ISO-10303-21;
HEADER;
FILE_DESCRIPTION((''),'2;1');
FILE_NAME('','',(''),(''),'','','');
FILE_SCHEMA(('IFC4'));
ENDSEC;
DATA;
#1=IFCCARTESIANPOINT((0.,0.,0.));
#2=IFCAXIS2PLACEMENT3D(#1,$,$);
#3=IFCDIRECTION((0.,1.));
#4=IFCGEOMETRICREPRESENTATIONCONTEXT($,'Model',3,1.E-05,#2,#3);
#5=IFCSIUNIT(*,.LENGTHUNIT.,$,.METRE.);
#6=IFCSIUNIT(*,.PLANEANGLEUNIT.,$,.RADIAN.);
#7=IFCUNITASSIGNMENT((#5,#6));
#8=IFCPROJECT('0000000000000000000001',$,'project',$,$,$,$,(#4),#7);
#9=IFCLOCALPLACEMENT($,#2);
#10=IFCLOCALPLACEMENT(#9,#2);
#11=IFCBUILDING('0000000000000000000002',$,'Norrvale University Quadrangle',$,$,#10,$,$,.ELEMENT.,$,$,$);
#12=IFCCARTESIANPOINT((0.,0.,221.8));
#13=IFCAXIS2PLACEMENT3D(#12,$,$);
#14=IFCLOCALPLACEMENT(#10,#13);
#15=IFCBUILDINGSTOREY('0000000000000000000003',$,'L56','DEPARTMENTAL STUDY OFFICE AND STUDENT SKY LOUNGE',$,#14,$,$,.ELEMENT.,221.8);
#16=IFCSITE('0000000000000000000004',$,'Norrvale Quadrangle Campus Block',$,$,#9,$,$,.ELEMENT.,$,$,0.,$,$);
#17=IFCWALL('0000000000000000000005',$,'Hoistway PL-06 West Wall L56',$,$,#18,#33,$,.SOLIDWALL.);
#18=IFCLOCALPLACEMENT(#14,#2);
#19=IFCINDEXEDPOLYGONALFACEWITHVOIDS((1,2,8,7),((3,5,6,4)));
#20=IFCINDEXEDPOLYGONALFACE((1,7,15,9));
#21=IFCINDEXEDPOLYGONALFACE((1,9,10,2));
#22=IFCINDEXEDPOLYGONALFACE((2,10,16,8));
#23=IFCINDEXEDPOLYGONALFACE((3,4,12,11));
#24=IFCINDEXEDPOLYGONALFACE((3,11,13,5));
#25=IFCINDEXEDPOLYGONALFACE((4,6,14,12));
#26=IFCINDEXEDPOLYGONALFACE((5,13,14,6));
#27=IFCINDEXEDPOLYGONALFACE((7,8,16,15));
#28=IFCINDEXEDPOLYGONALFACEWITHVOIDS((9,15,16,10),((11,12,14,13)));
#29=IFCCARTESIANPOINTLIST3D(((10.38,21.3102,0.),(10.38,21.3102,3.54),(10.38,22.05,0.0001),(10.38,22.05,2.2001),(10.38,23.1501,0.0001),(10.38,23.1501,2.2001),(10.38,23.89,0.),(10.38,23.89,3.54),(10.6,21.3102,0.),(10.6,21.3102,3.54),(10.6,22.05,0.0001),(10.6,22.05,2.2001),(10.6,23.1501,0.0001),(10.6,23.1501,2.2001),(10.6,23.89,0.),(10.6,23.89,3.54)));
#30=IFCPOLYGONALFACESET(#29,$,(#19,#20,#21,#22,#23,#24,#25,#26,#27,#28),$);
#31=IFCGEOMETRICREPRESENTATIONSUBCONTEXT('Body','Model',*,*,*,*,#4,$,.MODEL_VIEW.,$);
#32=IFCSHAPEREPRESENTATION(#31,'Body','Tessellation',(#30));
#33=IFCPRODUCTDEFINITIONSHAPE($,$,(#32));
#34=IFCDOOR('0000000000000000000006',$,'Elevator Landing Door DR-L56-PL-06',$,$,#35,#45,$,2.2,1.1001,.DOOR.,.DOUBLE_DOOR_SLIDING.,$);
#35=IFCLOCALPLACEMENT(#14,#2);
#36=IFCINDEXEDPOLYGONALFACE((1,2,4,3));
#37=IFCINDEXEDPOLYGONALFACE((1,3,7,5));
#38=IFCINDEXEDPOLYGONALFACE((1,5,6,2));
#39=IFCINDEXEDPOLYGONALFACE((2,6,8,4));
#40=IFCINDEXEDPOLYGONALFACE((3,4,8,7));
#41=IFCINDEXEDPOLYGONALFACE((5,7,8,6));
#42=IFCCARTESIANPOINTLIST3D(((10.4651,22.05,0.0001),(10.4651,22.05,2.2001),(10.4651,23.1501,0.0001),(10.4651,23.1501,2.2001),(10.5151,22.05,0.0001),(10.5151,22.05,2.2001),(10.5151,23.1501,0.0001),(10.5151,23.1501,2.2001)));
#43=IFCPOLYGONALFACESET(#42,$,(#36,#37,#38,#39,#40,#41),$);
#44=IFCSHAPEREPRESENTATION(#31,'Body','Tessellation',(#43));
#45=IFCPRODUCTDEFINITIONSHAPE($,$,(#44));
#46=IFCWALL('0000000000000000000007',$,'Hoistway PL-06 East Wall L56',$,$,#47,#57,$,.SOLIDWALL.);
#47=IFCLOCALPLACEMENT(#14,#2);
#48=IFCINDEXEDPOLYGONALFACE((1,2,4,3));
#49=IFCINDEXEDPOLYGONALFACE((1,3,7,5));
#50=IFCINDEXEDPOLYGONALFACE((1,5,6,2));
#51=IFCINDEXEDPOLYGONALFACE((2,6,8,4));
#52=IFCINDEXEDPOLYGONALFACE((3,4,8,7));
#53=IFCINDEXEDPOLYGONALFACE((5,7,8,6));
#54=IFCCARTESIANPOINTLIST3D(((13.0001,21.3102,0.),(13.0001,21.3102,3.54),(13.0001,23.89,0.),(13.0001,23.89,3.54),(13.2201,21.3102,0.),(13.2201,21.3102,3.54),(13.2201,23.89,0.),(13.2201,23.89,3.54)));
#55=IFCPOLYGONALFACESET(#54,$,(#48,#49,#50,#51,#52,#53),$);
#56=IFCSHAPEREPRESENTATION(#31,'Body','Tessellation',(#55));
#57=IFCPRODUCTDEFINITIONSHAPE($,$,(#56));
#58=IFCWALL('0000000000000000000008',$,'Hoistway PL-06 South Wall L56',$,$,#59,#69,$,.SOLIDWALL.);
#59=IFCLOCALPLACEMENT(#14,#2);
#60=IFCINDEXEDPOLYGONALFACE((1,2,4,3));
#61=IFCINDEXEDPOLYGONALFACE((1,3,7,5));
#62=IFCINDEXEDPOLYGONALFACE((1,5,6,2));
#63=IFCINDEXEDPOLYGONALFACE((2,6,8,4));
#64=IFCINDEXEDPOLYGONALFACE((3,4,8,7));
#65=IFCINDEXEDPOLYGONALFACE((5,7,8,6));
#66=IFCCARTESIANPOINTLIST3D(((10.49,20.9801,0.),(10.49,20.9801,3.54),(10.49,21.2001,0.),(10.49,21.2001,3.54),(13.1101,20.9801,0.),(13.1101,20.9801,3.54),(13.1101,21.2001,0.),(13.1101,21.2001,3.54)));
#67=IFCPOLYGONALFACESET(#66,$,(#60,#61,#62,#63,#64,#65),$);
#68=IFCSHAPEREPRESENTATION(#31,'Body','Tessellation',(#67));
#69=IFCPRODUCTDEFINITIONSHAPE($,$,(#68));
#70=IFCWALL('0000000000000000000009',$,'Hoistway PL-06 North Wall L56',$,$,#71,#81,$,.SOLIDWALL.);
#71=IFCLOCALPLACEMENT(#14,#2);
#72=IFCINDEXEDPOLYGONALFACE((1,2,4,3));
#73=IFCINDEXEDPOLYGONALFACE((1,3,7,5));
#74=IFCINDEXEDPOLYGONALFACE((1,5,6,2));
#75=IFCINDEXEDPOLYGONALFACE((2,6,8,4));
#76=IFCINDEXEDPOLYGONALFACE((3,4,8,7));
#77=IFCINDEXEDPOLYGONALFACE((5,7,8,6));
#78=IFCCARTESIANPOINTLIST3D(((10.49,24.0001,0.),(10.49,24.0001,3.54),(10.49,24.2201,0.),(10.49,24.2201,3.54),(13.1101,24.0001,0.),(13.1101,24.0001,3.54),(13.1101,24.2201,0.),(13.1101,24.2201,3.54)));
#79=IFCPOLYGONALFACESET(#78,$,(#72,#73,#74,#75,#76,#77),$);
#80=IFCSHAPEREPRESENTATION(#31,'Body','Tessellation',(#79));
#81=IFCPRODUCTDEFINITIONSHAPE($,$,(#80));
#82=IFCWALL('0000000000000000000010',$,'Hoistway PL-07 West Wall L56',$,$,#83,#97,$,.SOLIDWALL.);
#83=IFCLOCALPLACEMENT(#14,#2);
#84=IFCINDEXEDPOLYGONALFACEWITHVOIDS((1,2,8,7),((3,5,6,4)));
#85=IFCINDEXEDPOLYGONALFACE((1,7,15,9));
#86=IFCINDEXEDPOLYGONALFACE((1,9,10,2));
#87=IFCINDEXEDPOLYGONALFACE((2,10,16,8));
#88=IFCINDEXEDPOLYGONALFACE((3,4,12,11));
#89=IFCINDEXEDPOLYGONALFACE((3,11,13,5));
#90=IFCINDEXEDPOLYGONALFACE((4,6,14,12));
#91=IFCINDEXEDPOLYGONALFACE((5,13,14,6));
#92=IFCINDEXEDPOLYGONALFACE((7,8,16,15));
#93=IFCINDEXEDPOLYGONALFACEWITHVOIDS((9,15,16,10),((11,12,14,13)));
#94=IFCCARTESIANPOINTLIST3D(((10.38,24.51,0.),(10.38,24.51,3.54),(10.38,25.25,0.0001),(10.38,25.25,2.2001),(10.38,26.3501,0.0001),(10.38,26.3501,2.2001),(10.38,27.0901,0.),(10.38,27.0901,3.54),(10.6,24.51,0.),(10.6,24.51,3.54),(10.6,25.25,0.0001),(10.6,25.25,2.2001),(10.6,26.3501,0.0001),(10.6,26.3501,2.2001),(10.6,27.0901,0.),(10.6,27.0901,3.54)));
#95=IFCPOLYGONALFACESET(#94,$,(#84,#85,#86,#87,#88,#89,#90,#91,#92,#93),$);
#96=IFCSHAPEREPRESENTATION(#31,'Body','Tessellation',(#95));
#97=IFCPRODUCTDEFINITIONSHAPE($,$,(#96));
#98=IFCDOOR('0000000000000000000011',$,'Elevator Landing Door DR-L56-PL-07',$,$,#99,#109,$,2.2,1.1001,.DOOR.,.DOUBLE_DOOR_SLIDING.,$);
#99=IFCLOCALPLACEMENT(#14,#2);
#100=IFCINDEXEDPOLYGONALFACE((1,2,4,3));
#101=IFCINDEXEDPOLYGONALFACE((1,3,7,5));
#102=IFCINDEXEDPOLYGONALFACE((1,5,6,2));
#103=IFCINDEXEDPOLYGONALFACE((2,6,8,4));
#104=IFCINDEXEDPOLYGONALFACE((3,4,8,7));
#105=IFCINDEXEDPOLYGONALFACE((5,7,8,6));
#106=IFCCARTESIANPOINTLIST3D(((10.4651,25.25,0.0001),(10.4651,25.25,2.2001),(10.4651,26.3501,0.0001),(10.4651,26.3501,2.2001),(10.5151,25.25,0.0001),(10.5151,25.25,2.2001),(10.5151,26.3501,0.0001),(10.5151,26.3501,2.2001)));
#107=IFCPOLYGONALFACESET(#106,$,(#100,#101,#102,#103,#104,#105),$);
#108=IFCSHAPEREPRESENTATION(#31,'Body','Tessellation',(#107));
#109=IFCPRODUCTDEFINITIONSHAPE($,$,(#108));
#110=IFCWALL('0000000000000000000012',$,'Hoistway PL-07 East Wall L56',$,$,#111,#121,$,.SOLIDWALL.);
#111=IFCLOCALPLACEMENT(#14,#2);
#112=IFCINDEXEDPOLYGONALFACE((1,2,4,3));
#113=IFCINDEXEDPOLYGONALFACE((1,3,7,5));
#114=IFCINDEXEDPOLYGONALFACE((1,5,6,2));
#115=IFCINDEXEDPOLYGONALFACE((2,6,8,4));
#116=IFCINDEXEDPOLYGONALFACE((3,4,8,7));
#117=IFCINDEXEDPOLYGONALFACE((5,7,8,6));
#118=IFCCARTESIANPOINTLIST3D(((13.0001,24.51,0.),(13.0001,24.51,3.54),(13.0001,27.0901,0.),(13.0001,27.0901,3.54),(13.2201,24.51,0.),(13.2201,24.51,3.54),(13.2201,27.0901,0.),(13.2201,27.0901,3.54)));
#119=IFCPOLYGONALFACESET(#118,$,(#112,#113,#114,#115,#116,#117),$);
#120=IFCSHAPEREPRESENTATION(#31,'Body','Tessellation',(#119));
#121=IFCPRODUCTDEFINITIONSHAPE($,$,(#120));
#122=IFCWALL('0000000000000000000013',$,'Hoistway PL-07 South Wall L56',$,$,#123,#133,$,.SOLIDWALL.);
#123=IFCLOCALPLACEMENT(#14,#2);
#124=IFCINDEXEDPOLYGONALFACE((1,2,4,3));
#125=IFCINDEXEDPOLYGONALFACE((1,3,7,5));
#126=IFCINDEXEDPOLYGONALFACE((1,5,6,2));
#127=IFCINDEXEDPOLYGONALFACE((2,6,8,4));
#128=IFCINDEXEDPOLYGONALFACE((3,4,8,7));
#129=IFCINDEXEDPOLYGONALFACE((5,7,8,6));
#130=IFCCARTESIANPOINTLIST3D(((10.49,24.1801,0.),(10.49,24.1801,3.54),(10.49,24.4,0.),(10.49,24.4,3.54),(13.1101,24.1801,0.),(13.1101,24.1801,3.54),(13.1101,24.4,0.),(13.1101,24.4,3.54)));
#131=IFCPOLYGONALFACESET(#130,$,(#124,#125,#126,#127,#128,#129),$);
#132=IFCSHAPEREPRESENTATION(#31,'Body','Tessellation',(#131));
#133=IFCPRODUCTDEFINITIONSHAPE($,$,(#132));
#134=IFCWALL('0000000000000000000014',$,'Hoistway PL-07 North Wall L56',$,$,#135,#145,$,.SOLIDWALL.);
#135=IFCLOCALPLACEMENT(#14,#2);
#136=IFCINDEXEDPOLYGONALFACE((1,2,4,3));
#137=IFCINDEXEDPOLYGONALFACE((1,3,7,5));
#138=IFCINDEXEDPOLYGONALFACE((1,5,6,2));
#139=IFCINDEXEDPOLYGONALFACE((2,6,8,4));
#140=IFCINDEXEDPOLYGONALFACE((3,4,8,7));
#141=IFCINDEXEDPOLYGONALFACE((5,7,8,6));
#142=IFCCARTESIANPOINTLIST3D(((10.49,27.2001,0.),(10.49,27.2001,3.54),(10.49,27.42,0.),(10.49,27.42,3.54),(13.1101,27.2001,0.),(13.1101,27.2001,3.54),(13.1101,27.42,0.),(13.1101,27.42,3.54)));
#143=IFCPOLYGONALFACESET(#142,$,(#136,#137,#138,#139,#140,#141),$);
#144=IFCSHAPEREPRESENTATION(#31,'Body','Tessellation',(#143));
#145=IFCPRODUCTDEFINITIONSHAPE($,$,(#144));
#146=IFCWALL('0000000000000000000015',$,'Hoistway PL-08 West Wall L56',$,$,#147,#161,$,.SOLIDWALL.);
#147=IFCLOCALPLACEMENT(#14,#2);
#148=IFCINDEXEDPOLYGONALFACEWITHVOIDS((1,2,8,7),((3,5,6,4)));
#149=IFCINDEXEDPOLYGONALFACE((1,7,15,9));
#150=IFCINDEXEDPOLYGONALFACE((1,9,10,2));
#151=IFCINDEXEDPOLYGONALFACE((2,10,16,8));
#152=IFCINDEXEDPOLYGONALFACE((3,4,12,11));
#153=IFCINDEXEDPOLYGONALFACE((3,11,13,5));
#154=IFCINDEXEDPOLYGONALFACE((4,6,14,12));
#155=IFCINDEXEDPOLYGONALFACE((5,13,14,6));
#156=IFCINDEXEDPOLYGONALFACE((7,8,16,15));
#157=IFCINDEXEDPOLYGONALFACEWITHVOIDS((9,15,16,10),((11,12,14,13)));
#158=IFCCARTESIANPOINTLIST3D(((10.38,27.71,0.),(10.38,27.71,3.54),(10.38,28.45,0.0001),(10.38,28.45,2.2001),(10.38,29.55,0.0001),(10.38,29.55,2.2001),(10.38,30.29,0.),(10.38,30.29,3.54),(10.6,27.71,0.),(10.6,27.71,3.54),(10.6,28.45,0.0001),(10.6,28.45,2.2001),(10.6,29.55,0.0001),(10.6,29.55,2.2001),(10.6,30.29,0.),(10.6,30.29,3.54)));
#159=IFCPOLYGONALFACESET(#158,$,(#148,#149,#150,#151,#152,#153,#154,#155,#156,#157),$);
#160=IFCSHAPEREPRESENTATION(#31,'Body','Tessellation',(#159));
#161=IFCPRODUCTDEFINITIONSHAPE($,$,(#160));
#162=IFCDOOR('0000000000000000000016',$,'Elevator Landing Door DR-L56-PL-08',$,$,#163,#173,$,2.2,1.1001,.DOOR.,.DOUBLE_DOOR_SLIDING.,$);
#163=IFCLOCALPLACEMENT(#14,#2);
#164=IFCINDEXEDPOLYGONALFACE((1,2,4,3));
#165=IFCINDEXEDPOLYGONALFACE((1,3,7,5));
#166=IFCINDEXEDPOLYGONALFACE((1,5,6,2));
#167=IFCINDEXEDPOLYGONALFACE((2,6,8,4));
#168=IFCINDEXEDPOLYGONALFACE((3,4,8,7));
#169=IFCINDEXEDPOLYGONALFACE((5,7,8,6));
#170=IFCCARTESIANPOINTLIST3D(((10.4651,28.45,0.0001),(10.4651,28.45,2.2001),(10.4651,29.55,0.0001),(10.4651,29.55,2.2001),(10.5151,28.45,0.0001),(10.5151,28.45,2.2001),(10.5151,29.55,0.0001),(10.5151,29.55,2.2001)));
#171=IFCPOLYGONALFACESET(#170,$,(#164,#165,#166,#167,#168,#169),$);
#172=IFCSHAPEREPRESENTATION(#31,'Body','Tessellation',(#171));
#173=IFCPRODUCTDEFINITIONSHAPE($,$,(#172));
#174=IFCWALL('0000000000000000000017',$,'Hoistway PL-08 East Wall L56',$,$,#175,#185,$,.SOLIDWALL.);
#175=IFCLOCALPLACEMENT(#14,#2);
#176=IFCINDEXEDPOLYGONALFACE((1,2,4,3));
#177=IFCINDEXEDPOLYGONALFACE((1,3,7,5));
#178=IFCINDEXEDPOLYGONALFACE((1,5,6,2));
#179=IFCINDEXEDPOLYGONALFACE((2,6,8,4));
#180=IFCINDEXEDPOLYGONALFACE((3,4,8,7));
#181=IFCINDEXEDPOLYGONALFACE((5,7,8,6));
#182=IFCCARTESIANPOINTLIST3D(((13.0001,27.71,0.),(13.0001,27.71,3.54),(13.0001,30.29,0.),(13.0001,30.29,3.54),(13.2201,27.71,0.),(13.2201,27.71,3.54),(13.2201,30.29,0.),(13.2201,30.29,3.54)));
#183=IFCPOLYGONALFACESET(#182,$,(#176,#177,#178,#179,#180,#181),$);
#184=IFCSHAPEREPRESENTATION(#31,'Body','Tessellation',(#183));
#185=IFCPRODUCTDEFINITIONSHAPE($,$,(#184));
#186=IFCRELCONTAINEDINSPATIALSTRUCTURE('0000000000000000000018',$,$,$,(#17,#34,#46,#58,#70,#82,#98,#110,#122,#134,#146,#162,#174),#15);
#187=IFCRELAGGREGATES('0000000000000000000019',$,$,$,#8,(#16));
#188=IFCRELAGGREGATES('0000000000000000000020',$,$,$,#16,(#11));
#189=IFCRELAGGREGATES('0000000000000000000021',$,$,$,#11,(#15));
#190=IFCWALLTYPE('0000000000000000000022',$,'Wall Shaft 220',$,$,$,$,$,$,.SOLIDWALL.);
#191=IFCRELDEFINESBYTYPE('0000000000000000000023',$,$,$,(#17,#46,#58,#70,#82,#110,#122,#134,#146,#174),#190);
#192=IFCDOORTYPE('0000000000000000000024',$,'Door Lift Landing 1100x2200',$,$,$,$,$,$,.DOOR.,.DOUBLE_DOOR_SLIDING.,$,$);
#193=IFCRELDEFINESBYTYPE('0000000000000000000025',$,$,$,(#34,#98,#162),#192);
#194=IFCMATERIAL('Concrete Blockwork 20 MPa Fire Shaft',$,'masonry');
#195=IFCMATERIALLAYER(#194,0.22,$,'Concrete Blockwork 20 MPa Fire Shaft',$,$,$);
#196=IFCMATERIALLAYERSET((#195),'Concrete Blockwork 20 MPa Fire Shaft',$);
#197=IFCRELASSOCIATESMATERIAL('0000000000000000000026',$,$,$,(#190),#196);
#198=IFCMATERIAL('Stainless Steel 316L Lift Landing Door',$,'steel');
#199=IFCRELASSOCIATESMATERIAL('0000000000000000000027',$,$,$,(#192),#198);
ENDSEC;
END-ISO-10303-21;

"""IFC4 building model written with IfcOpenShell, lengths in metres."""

from ifc_helpers import new_model, si_unit, direction, frame, frame_2d, origin, place, context, subcontext, project, spatial, rectangle, extrude, material, layer, layer_set, type_object, element, fill, save


model = new_model("IFC4")

# Units and contexts
model_context = context("Model", 3, precision=1e-05, world=origin(), true_north=direction((0.0, 1.0)))
body_context = subcontext(model_context, "Body", "Model", "MODEL_VIEW")
ifc_project = project(units=[si_unit("LENGTHUNIT", "METRE"), si_unit("PLANEANGLEUNIT", "RADIAN")], contexts=[model_context])

# Site, building, storey
site_placement = place(None, origin())
site = spatial("IfcSite", under=ifc_project, at=site_placement, Name="Norrvale Quadrangle Campus Block", CompositionType="ELEMENT", RefElevation=0.0)
building_placement = place(site_placement, origin())
building = spatial("IfcBuilding", under=site, at=building_placement, Name="Norrvale University Quadrangle", CompositionType="ELEMENT")
storey_placement = place(building_placement, frame((0.0, 0.0, 221.8)))
storey = spatial("IfcBuildingStorey", under=building, at=storey_placement, Name="L56", Description="DEPARTMENTAL STUDY OFFICE AND STUDENT SKY LOUNGE", CompositionType="ELEMENT", Elevation=221.8)

# Wall, opening, door
ifc_material_1 = material(Name="Concrete Blockwork 20 MPa Fire Shaft", Category="masonry")
ifc_layer_1 = layer(ifc_material_1, 0.22, Name="Concrete Blockwork 20 MPa Fire Shaft")
ifc_layer_set_1 = layer_set([ifc_layer_1], Name="Concrete Blockwork 20 MPa Fire Shaft")
wall_type_1 = type_object("IfcWallType", Name="Wall Shaft 220", PredefinedType="SOLIDWALL", material=ifc_layer_set_1)
wall_1_placement = place(storey_placement, frame((10.49, 21.3101, 0.0), z_axis=(0.0, 0.0, 1.0), x_axis=(0.0, 1.0, 0.0)))
wall_1 = element("IfcWall", 1, at=wall_1_placement, inside=storey, type_object=wall_type_1, Name="Hoistway PL-06 West Wall L56", PredefinedType="SOLIDWALL", context=body_context, shape_type="SweptSolid", body=[
    extrude(rectangle(XDim=2.5798, YDim=0.22, at=frame_2d((1.29, 0.0))), origin(), (0.0, 0.0, 1.0), 3.54),
])
opening_1_placement = place(wall_1_placement, frame((0.74, 0.0, 0.0)))
opening_1 = element("IfcOpeningElement", 2, at=opening_1_placement, cuts=wall_1, PredefinedType="OPENING", context=body_context, shape_type="SweptSolid", body=[
    extrude(rectangle(XDim=1.1001, YDim=2.2, at=frame_2d((0.55, 1.1001))), frame((0.0, 0.1221, 0.0), z_axis=(0.0, -1.0, 0.0), x_axis=(1.0, 0.0, 0.0)), (0.0, 0.0, 1.0), 0.2439),
])
ifc_material_2 = material(Name="Stainless Steel 316L Lift Landing Door", Category="steel")
door_type_1 = type_object("IfcDoorType", Name="Door Lift Landing 1100x2200", OperationType="DOUBLE_DOOR_SLIDING", PredefinedType="DOOR", material=ifc_material_2)
door_1_placement = place(opening_1_placement, origin())
door_1 = element("IfcDoor", 3, at=door_1_placement, inside=storey, type_object=door_type_1, Name="Elevator Landing Door DR-L56-PL-06", OperationType="DOUBLE_DOOR_SLIDING", OverallHeight=2.2, OverallWidth=1.1001, PredefinedType="DOOR", context=body_context, shape_type="SweptSolid", body=[
    extrude(rectangle(XDim=1.1001, YDim=2.2, at=frame_2d((0.55, 1.1001))), frame((0.0, 0.0249, 0.0), z_axis=(0.0, -1.0, 0.0), x_axis=(1.0, 0.0, 0.0)), (0.0, 0.0, 1.0), 0.05),
])
fill(opening_1, door_1)

# Walls
wall_2_placement = place(storey_placement, frame((13.1101, 21.3101, 0.0), z_axis=(0.0, 0.0, 1.0), x_axis=(0.0, 1.0, 0.0)))
element("IfcWall", 4, at=wall_2_placement, inside=storey, type_object=wall_type_1, Name="Hoistway PL-06 East Wall L56", PredefinedType="SOLIDWALL", context=body_context, shape_type="SweptSolid", body=[
    extrude(rectangle(XDim=2.5798, YDim=0.22, at=frame_2d((1.29, 0.0))), origin(), (0.0, 0.0, 1.0), 3.54),
])
for number, where, z_axis, x_axis, name in (
    (5, (10.49, 21.0901, 0.0), (0.0, 0.0, 1.0), (1.0, 0.0, 0.0), "Hoistway PL-06 South Wall L56"),
    (6, (10.49, 24.1101, 0.0), (0.0, 0.0, 1.0), (1.0, 0.0, 0.0), "Hoistway PL-06 North Wall L56"),
):
    element("IfcWall", number, at=place(storey_placement, frame(where, z_axis=z_axis, x_axis=x_axis)), inside=storey, type_object=wall_type_1, Name=name, PredefinedType="SOLIDWALL", context=body_context, shape_type="SweptSolid", body=[
        extrude(rectangle(XDim=2.6201, YDim=0.22, at=frame_2d((1.3101, 0.0))), origin(), (0.0, 0.0, 1.0), 3.54),
    ])

# Wall, opening, door
wall_3_placement = place(storey_placement, frame((10.49, 24.51, 0.0), z_axis=(0.0, 0.0, 1.0), x_axis=(0.0, 1.0, 0.0)))
wall_3 = element("IfcWall", 7, at=wall_3_placement, inside=storey, type_object=wall_type_1, Name="Hoistway PL-07 West Wall L56", PredefinedType="SOLIDWALL", context=body_context, shape_type="SweptSolid", body=[
    extrude(rectangle(XDim=2.5801, YDim=0.22, at=frame_2d((1.29, 0.0))), origin(), (0.0, 0.0, 1.0), 3.54),
])
opening_2_placement = place(wall_3_placement, frame((0.74, 0.0, 0.0)))
opening_2 = element("IfcOpeningElement", 8, at=opening_2_placement, cuts=wall_3, PredefinedType="OPENING", context=body_context, shape_type="SweptSolid", body=[
    extrude(rectangle(XDim=1.1001, YDim=2.2, at=frame_2d((0.55, 1.1001))), frame((0.0, 0.1221, 0.0), z_axis=(0.0, -1.0, 0.0), x_axis=(1.0, 0.0, 0.0)), (0.0, 0.0, 1.0), 0.2439),
])
door_2_placement = place(opening_2_placement, origin())
door_2 = element("IfcDoor", 9, at=door_2_placement, inside=storey, type_object=door_type_1, Name="Elevator Landing Door DR-L56-PL-07", OperationType="DOUBLE_DOOR_SLIDING", OverallHeight=2.2, OverallWidth=1.1001, PredefinedType="DOOR", context=body_context, shape_type="SweptSolid", body=[
    extrude(rectangle(XDim=1.1001, YDim=2.2, at=frame_2d((0.55, 1.1001))), frame((0.0, 0.0249, 0.0), z_axis=(0.0, -1.0, 0.0), x_axis=(1.0, 0.0, 0.0)), (0.0, 0.0, 1.0), 0.05),
])
fill(opening_2, door_2)

# Walls
wall_4_placement = place(storey_placement, frame((13.1101, 24.51, 0.0), z_axis=(0.0, 0.0, 1.0), x_axis=(0.0, 1.0, 0.0)))
element("IfcWall", 10, at=wall_4_placement, inside=storey, type_object=wall_type_1, Name="Hoistway PL-07 East Wall L56", PredefinedType="SOLIDWALL", context=body_context, shape_type="SweptSolid", body=[
    extrude(rectangle(XDim=2.5801, YDim=0.22, at=frame_2d((1.29, 0.0))), origin(), (0.0, 0.0, 1.0), 3.54),
])
for number, where, z_axis, x_axis, name in (
    (11, (10.49, 24.29, 0.0), (0.0, 0.0, 1.0), (1.0, 0.0, 0.0), "Hoistway PL-07 South Wall L56"),
    (12, (10.49, 27.3101, 0.0), (0.0, 0.0, 1.0), (1.0, 0.0, 0.0), "Hoistway PL-07 North Wall L56"),
):
    element("IfcWall", number, at=place(storey_placement, frame(where, z_axis=z_axis, x_axis=x_axis)), inside=storey, type_object=wall_type_1, Name=name, PredefinedType="SOLIDWALL", context=body_context, shape_type="SweptSolid", body=[
        extrude(rectangle(XDim=2.6201, YDim=0.22, at=frame_2d((1.3101, 0.0))), origin(), (0.0, 0.0, 1.0), 3.54),
    ])

# Wall, opening, door
wall_5_placement = place(storey_placement, frame((10.49, 27.71, 0.0), z_axis=(0.0, 0.0, 1.0), x_axis=(0.0, 1.0, 0.0)))
wall_5 = element("IfcWall", 13, at=wall_5_placement, inside=storey, type_object=wall_type_1, Name="Hoistway PL-08 West Wall L56", PredefinedType="SOLIDWALL", context=body_context, shape_type="SweptSolid", body=[
    extrude(rectangle(XDim=2.5801, YDim=0.22, at=frame_2d((1.29, 0.0))), origin(), (0.0, 0.0, 1.0), 3.54),
])
opening_3_placement = place(wall_5_placement, frame((0.74, 0.0, 0.0)))
opening_3 = element("IfcOpeningElement", 14, at=opening_3_placement, cuts=wall_5, PredefinedType="OPENING", context=body_context, shape_type="SweptSolid", body=[
    extrude(rectangle(XDim=1.1001, YDim=2.2, at=frame_2d((0.55, 1.1001))), frame((0.0, 0.1221, 0.0), z_axis=(0.0, -1.0, 0.0), x_axis=(1.0, 0.0, 0.0)), (0.0, 0.0, 1.0), 0.2439),
])
door_3_placement = place(opening_3_placement, origin())
door_3 = element("IfcDoor", 15, at=door_3_placement, inside=storey, type_object=door_type_1, Name="Elevator Landing Door DR-L56-PL-08", OperationType="DOUBLE_DOOR_SLIDING", OverallHeight=2.2, OverallWidth=1.1001, PredefinedType="DOOR", context=body_context, shape_type="SweptSolid", body=[
    extrude(rectangle(XDim=1.1001, YDim=2.2, at=frame_2d((0.55, 1.1001))), frame((0.0, 0.0249, 0.0), z_axis=(0.0, -1.0, 0.0), x_axis=(1.0, 0.0, 0.0)), (0.0, 0.0, 1.0), 0.05),
])
fill(opening_3, door_3)

# Wall
wall_6_placement = place(storey_placement, frame((13.1101, 27.71, 0.0), z_axis=(0.0, 0.0, 1.0), x_axis=(0.0, 1.0, 0.0)))
element("IfcWall", 16, at=wall_6_placement, inside=storey, type_object=wall_type_1, Name="Hoistway PL-08 East Wall L56", PredefinedType="SOLIDWALL", context=body_context, shape_type="SweptSolid", body=[
    extrude(rectangle(XDim=2.5801, YDim=0.22, at=frame_2d((1.29, 0.0))), origin(), (0.0, 0.0, 1.0), 3.54),
])

save(model, "model.ifc")
